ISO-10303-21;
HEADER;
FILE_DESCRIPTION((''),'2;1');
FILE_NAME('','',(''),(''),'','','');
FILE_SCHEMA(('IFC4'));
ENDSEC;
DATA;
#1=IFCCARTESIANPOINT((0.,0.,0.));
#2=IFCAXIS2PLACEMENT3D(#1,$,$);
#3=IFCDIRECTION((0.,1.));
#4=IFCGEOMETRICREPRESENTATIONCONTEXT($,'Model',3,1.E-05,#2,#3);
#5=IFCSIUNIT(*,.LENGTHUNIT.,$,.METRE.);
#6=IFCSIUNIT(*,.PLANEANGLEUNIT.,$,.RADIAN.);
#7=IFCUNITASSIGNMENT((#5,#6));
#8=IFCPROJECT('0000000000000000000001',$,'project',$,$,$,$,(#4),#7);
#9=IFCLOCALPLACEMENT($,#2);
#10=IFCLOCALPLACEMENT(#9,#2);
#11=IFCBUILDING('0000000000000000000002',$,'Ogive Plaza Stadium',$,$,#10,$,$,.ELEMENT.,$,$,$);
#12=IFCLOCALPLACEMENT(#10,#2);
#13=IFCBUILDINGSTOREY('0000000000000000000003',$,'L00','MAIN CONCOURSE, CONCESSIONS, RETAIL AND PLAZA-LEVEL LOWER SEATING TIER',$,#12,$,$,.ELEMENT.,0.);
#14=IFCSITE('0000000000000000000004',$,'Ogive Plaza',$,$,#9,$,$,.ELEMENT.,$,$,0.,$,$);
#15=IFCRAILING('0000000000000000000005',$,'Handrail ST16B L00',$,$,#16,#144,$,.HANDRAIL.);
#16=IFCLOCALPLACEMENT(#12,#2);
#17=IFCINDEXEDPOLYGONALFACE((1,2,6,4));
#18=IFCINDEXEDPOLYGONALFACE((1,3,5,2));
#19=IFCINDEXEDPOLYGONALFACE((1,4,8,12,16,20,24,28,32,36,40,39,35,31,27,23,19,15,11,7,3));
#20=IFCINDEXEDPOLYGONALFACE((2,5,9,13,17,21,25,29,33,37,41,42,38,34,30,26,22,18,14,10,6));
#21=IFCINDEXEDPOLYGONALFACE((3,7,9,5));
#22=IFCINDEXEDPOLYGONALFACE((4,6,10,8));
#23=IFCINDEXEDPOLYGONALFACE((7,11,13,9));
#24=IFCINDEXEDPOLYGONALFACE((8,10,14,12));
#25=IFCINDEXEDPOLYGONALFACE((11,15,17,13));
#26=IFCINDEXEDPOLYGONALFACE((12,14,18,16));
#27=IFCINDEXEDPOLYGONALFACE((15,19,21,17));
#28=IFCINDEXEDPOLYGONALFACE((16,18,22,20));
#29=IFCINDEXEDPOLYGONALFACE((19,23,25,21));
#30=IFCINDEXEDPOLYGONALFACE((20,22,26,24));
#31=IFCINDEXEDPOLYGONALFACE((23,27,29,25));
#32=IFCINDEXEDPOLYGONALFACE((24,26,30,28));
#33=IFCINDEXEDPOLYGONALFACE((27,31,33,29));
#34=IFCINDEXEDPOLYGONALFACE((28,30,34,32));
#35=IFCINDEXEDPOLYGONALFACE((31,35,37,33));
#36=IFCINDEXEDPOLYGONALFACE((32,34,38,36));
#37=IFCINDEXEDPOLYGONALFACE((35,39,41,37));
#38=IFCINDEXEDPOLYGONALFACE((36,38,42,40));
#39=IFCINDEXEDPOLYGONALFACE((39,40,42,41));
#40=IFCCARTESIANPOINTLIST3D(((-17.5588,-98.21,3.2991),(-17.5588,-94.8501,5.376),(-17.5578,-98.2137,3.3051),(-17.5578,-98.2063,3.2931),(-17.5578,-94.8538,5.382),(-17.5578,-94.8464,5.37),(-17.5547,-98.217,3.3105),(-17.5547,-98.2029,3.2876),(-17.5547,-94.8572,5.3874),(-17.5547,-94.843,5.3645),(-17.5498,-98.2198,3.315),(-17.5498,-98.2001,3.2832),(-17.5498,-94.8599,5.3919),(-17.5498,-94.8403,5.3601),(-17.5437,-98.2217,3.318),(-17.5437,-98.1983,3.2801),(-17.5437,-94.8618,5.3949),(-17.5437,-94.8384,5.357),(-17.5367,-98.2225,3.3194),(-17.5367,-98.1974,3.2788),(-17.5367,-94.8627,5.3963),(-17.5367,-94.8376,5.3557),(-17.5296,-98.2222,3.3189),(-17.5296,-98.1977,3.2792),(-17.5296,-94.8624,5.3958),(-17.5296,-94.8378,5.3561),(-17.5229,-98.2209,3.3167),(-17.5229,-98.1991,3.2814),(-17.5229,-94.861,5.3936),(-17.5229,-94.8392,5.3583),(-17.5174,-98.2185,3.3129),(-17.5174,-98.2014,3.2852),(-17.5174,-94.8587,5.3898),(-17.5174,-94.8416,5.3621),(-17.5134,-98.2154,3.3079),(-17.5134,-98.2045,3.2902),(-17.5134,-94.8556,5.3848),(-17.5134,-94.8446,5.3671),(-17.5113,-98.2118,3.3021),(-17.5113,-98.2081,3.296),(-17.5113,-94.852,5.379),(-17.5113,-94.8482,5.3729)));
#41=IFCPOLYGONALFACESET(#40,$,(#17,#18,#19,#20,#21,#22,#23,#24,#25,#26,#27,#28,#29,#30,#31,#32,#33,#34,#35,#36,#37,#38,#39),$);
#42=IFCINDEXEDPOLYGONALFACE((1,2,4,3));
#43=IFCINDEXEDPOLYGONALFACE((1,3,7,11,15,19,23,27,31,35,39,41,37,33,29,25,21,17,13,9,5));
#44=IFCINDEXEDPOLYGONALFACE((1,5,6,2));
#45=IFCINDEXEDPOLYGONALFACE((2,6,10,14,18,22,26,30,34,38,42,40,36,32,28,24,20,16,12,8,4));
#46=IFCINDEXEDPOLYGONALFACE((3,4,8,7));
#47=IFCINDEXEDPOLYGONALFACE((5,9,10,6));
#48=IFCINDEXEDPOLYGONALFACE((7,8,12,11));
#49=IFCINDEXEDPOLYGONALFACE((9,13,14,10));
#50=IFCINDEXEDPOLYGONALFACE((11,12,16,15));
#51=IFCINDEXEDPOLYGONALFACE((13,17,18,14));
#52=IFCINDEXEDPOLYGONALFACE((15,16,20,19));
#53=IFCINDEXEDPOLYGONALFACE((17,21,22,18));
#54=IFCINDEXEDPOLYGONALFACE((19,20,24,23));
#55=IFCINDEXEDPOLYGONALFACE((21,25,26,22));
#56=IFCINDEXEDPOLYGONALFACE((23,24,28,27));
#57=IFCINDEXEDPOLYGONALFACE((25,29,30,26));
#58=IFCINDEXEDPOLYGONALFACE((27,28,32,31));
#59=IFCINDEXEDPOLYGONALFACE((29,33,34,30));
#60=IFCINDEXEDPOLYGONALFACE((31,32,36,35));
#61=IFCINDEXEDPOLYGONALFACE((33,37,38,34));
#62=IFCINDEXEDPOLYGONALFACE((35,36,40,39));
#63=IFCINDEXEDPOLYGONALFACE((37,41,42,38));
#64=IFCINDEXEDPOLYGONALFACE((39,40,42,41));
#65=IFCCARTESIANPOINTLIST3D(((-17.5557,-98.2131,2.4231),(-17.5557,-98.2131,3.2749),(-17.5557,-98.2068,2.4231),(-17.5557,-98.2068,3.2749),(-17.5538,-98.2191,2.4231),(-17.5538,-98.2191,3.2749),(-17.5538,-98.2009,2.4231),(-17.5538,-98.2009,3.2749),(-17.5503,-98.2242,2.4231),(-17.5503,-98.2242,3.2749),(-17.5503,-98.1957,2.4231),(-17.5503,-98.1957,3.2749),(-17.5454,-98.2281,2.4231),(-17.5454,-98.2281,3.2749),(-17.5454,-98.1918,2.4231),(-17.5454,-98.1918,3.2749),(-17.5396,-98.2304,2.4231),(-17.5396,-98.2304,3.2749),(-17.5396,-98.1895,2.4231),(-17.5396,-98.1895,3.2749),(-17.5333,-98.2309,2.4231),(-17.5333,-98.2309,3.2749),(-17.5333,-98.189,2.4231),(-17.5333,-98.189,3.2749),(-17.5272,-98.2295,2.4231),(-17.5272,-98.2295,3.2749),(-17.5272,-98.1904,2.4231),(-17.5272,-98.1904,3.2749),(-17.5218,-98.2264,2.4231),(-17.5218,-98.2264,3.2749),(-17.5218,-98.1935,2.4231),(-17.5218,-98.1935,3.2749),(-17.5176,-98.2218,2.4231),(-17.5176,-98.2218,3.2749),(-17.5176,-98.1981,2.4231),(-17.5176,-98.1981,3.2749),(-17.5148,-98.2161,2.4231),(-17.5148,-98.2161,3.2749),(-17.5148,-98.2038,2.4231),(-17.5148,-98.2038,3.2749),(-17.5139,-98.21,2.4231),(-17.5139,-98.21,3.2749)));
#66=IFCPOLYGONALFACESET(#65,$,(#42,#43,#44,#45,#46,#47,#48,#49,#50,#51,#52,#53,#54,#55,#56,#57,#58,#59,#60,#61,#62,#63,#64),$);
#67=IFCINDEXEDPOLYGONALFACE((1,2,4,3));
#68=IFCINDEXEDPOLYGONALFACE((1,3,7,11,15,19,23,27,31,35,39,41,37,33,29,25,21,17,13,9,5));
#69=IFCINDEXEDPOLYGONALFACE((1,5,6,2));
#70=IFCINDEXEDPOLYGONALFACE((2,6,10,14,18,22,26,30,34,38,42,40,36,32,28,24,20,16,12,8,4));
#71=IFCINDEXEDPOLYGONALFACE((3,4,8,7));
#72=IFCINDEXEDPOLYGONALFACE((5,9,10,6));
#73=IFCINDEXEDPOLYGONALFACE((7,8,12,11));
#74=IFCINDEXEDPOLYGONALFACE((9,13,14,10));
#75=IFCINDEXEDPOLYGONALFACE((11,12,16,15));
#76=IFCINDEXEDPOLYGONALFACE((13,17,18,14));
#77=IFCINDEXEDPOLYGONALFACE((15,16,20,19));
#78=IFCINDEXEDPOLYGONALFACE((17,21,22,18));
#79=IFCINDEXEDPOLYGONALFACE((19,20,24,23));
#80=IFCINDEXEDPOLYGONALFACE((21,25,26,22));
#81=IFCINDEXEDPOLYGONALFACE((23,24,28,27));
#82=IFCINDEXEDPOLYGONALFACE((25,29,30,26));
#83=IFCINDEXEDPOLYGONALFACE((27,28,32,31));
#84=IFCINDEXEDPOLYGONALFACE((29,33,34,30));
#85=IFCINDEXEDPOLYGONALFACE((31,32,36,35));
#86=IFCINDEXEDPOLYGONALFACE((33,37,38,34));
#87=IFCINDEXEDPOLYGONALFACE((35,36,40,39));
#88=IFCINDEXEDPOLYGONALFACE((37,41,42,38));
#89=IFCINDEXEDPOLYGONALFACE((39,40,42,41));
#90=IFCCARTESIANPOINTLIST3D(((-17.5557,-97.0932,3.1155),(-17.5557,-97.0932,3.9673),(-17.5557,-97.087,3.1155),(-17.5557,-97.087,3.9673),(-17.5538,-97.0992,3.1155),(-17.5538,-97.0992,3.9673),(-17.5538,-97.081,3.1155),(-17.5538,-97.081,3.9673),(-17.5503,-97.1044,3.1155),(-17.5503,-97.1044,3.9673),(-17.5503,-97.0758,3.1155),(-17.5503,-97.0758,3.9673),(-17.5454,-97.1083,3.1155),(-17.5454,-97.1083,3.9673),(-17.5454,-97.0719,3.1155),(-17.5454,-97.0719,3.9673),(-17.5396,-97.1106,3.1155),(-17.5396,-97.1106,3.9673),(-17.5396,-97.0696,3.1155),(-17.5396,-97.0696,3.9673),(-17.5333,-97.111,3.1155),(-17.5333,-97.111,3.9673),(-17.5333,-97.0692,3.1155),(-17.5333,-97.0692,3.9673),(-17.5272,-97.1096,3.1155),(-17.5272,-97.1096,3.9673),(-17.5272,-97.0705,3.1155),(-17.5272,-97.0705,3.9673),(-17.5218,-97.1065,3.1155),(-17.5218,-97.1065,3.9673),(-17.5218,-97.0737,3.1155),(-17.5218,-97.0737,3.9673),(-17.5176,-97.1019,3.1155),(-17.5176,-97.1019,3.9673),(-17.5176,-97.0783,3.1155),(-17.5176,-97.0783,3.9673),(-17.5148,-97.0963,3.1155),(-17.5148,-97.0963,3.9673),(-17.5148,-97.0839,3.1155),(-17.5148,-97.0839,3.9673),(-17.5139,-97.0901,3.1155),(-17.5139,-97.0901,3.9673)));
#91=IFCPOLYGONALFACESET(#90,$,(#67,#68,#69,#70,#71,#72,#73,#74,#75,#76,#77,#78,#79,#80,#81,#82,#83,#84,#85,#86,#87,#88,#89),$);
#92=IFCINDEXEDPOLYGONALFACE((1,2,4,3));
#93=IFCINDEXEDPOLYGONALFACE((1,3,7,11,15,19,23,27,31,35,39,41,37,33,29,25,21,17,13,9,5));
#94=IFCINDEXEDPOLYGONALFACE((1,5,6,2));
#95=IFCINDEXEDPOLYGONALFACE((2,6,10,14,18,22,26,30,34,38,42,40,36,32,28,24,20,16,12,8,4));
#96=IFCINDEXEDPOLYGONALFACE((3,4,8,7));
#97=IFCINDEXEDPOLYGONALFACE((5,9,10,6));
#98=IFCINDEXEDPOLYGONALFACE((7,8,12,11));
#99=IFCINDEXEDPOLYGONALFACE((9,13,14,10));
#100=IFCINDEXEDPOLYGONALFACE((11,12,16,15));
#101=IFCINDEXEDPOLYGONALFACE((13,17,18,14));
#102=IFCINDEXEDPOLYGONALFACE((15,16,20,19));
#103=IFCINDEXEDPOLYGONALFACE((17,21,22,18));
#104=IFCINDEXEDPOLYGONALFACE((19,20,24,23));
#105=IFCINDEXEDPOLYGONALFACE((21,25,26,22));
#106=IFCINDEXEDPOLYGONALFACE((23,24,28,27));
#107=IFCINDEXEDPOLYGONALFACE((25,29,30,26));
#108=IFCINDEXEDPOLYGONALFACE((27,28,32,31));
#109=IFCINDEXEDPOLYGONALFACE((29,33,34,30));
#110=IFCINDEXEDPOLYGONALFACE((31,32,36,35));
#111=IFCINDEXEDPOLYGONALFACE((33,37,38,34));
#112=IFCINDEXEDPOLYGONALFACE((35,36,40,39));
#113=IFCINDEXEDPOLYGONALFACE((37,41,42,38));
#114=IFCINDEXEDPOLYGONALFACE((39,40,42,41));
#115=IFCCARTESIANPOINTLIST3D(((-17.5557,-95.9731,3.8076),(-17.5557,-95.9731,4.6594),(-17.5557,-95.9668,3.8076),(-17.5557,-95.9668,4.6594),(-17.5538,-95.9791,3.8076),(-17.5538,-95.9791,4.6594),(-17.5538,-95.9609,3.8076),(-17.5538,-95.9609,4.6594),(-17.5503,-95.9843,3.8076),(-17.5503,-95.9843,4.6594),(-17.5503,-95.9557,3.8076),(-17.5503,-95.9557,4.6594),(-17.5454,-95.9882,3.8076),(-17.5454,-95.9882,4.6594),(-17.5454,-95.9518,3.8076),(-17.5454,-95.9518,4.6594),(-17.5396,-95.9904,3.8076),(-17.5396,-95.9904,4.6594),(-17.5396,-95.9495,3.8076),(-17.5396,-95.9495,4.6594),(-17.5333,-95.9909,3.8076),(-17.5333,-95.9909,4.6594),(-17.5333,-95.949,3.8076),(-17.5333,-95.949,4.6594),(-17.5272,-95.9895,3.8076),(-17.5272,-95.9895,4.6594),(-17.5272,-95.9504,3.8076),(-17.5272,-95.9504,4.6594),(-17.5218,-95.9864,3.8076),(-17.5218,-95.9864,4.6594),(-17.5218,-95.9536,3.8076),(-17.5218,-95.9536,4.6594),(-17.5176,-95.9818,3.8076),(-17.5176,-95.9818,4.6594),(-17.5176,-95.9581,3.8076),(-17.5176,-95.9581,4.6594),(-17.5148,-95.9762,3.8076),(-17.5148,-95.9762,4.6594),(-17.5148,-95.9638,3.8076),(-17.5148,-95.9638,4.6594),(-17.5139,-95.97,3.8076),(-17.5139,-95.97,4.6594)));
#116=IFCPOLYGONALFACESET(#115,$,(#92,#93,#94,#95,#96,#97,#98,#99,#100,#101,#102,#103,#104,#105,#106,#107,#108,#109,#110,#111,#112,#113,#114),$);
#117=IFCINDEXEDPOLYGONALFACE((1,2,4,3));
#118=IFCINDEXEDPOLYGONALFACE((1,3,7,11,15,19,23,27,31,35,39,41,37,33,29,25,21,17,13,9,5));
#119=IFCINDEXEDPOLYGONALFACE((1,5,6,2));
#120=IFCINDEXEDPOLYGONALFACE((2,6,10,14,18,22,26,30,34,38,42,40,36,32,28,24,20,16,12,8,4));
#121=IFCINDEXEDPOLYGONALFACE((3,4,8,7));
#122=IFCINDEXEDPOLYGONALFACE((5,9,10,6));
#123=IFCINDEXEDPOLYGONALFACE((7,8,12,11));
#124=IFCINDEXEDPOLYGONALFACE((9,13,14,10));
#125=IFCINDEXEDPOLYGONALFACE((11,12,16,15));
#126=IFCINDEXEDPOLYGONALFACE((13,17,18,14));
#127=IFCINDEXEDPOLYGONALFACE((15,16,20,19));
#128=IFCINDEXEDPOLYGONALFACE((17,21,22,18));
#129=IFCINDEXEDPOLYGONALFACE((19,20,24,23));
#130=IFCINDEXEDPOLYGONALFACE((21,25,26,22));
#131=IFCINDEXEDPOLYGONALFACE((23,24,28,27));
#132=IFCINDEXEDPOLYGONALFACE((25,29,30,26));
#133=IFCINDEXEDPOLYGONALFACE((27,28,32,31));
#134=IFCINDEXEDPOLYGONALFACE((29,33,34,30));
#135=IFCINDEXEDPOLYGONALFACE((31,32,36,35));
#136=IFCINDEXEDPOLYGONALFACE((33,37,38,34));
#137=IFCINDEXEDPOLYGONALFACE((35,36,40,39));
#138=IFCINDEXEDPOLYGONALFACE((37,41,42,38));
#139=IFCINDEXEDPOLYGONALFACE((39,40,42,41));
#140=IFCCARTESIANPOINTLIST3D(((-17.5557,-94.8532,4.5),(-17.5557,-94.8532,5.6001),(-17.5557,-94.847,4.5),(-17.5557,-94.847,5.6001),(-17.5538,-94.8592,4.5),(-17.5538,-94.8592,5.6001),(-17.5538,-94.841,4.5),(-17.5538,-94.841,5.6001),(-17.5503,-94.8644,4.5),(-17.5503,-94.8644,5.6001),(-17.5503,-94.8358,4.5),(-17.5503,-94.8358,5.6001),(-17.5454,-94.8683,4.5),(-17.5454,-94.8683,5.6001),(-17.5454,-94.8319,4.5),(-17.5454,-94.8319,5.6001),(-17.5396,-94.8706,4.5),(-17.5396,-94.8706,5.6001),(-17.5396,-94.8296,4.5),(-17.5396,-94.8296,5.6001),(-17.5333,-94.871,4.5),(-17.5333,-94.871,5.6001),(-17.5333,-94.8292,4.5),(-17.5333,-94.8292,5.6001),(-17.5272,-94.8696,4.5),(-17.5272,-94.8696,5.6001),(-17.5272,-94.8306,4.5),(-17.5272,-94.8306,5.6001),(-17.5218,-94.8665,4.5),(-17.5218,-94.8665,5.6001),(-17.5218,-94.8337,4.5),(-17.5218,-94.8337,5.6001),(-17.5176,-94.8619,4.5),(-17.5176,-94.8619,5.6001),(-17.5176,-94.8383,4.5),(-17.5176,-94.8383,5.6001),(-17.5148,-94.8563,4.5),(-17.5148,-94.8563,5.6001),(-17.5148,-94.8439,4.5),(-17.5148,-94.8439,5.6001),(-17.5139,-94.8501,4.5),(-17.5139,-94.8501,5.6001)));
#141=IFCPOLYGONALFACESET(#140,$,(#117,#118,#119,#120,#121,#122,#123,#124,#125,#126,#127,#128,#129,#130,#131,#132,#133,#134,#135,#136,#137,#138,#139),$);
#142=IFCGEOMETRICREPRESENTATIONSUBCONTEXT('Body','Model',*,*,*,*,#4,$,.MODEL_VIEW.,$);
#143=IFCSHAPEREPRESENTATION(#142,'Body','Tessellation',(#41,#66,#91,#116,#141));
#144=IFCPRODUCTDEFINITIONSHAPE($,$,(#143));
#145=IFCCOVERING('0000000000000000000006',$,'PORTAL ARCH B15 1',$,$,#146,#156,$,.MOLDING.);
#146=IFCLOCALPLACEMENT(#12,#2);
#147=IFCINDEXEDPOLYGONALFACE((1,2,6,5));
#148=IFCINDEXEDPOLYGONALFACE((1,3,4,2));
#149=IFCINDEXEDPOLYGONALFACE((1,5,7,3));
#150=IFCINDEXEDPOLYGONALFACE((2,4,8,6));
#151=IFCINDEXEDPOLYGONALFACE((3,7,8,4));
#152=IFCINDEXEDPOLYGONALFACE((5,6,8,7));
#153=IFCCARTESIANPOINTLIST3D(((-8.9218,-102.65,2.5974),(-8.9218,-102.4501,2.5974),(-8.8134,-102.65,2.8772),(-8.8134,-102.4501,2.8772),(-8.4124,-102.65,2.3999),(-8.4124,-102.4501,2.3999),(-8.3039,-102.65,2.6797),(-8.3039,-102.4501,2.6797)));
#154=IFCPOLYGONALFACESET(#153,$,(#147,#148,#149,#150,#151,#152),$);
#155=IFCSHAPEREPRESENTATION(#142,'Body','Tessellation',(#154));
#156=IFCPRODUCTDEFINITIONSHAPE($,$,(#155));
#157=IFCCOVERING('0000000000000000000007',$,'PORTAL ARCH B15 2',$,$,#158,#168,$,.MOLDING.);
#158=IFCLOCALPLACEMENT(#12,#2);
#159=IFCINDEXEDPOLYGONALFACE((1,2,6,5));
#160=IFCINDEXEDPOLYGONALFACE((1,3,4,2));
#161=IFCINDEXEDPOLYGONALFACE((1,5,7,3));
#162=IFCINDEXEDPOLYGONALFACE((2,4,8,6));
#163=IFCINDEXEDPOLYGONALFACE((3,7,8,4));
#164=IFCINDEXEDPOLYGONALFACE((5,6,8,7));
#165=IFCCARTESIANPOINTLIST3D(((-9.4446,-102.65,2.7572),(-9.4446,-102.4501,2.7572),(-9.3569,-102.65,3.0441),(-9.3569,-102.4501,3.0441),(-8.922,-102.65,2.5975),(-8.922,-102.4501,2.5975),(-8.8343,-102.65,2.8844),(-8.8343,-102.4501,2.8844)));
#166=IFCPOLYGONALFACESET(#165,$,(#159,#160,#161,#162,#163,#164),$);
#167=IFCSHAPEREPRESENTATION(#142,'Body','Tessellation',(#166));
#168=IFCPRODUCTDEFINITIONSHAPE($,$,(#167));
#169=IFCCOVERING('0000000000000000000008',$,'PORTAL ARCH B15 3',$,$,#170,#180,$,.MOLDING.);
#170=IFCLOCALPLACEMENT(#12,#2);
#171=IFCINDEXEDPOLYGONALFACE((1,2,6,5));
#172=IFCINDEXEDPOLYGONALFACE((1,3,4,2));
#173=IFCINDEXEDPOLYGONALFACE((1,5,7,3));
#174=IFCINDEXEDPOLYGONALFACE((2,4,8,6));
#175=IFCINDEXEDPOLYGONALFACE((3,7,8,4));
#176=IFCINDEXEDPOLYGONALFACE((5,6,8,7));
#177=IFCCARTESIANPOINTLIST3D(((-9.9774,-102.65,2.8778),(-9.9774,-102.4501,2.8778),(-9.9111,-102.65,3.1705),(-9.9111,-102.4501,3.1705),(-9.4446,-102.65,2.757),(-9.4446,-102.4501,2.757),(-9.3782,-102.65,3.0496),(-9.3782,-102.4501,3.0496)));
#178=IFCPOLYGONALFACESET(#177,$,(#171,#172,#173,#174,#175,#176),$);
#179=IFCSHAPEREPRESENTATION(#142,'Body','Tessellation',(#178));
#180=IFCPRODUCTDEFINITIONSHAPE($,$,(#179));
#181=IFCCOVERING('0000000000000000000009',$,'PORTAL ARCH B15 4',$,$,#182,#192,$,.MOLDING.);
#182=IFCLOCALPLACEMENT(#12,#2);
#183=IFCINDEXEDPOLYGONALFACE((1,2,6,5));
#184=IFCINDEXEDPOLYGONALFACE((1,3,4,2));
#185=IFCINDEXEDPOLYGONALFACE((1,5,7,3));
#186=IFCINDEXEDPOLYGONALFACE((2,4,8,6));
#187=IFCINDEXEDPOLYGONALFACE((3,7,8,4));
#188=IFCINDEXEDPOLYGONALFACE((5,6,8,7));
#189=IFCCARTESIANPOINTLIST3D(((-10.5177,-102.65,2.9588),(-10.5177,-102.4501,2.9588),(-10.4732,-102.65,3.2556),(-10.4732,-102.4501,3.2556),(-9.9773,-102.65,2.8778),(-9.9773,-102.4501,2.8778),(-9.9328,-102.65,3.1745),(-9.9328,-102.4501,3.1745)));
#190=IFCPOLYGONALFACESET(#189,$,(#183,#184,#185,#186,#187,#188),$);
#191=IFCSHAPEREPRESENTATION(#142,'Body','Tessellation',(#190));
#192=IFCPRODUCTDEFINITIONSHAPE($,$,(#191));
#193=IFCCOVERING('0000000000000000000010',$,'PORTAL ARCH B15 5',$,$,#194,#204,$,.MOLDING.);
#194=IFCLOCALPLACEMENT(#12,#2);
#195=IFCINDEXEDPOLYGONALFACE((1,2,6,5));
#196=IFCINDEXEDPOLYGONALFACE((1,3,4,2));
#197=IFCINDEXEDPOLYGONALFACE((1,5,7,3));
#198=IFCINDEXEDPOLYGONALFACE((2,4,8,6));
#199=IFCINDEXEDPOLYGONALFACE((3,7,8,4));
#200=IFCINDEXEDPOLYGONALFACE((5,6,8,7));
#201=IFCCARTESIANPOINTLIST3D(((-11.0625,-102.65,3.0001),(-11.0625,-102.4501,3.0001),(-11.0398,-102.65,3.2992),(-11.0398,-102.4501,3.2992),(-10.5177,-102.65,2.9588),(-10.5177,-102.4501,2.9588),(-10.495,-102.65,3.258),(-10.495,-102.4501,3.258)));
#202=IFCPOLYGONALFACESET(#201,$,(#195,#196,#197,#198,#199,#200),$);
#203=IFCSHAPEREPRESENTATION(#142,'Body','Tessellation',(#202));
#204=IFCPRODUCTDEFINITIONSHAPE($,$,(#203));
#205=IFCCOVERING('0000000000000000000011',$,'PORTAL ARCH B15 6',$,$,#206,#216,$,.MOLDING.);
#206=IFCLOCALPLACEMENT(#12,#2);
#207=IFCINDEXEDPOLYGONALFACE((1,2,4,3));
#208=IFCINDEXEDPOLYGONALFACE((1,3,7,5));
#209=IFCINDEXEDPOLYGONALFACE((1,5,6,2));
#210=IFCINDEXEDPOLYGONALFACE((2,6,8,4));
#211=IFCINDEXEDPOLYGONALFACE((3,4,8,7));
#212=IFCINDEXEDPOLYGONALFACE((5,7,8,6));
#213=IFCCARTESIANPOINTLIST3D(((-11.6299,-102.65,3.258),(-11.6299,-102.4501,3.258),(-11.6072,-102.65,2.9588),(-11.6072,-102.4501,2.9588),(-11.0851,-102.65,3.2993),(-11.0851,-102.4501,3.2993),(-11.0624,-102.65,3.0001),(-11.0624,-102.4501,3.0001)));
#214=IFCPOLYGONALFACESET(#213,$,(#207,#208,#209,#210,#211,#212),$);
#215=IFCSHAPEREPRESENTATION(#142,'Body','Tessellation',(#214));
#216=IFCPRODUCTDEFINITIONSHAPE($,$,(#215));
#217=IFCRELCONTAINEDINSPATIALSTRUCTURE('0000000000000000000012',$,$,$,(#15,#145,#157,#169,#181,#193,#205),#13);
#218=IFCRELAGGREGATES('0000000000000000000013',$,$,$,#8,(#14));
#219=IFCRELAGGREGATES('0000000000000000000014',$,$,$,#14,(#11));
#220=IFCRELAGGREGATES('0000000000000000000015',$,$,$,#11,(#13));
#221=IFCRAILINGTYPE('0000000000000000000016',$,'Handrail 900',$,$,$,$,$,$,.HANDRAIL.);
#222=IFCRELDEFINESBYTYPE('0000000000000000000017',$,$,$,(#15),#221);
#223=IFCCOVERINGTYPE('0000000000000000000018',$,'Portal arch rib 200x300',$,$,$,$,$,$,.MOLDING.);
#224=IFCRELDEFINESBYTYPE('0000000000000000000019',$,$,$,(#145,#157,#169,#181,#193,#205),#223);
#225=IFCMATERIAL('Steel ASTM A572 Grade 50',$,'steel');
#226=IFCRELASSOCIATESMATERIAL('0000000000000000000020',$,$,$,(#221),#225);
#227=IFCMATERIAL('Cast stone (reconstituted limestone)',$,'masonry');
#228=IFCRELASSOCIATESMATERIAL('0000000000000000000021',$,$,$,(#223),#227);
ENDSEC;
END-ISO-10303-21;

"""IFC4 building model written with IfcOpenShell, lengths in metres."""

from ifc_helpers import new_model, si_unit, direction, frame, origin, origin_2d, place, context, subcontext, project, spatial, rectangle, circle, extrude, material, material_profile, profile_set, type_object, element, save


model = new_model("IFC4")

# Units and contexts
model_context = context("Model", 3, precision=1e-05, world=origin(), true_north=direction((0.0, 1.0)))
body_context = subcontext(model_context, "Body", "Model", "MODEL_VIEW")
ifc_project = project(units=[si_unit("LENGTHUNIT", "METRE"), si_unit("PLANEANGLEUNIT", "RADIAN")], contexts=[model_context])

# Site, building, storey
site_placement = place(None, origin())
site = spatial("IfcSite", under=ifc_project, at=site_placement, Name="Ogive Plaza", CompositionType="ELEMENT", RefElevation=0.0)
building_placement = place(site_placement, origin())
building = spatial("IfcBuilding", under=site, at=building_placement, Name="Ogive Plaza Stadium", CompositionType="ELEMENT")
storey_placement = place(building_placement, origin())
storey = spatial("IfcBuildingStorey", under=building, at=storey_placement, Name="L00", Description="MAIN CONCOURSE, CONCESSIONS, RETAIL AND PLAZA-LEVEL LOWER SEATING TIER", CompositionType="ELEMENT", Elevation=0.0)

# Railing
ifc_material_1 = material(Name="Steel ASTM A572 Grade 50", Category="steel")
railing_type = type_object("IfcRailingType", Name="Handrail 900", PredefinedType="HANDRAIL", material=ifc_material_1)
for number, where, name in (
    (1, (-17.5349, -98.21, 2.4231), "Handrail ST16B L00"),
):
    element("IfcRailing", number, at=place(storey_placement, frame(where)), inside=storey, type_object=railing_type, Name=name, PredefinedType="HANDRAIL", context=body_context, shape_type="SweptSolid", body=[
        extrude(circle(Radius=0.0239, at=origin_2d()), frame((0.0, 0.0, 0.876), z_axis=(0.0, 0.850606, 0.525803), x_axis=(-1.0, 0.0, 0.0)), (0.0, 0.0, 1.0), 3.95),
        extrude(circle(Radius=0.021, at=origin_2d()), origin(), (0.0, 0.0, 1.0), 0.8518),
        extrude(circle(Radius=0.021, at=origin_2d()), frame((0.0, 1.1199, 0.6924)), (0.0, 0.0, 1.0), 0.8518),
        extrude(circle(Radius=0.021, at=origin_2d()), frame((0.0, 2.24, 1.3845)), (0.0, 0.0, 1.0), 0.8518),
        extrude(circle(Radius=0.021, at=origin_2d()), frame((0.0, 3.3599, 2.0769)), (0.0, 0.0, 1.0), 1.1001),
    ])

# Coverings
ifc_material_2 = material(Name="Cast stone (reconstituted limestone)", Category="masonry")
ifc_material_profile_1 = material_profile(ifc_material_2, rectangle(XDim=0.2, YDim=0.3, at=origin_2d()), Name="Cast stone 200x300")
ifc_profile_set_1 = profile_set([ifc_material_profile_1], Name="Cast stone (reconstituted limestone)")
covering_type = type_object("IfcCoveringType", Name="Portal arch rib 200x300", PredefinedType="MOLDING", material=ifc_profile_set_1)
for number, where, z_axis, x_axis, name in (
    (2, (-8.3582, -102.55, 2.5398), (-0.932398, 0.0, 0.361433), (0.0, -1.0, 0.0), "PORTAL ARCH B15 1"),
    (3, (-8.8782, -102.55, 2.741), (-0.956338, 0.0, 0.292264), (0.0, -1.0, 0.0), "PORTAL ARCH B15 2"),
    (4, (-9.4114, -102.55, 2.9033), (-0.975242, 0.0, 0.221138), (0.0, -1.0, 0.0), "PORTAL ARCH B15 3"),
    (5, (-9.9551, -102.55, 3.0261), (-0.988933, 0.0, 0.148362), (0.0, -1.0, 0.0), "PORTAL ARCH B15 4"),
    (6, (-10.5063, -102.55, 3.1084), (-0.997146, 0.0, 0.075501), (0.0, -1.0, 0.0), "PORTAL ARCH B15 5"),
    (7, (-11.0737, -102.55, 3.1497), (-0.997146, 0.0, -0.075501), (0.0, -1.0, 0.0), "PORTAL ARCH B15 6"),
):
    element("IfcCovering", number, at=place(storey_placement, frame(where, z_axis=z_axis, x_axis=x_axis)), inside=storey, type_object=covering_type, Name=name, PredefinedType="MOLDING", context=body_context, shape_type="SweptSolid", body=[
        extrude(rectangle(XDim=0.2, YDim=0.3, at=origin_2d()), origin(), (0.0, 0.0, 1.0), 0.5464),
    ])

save(model, "model.ifc")
